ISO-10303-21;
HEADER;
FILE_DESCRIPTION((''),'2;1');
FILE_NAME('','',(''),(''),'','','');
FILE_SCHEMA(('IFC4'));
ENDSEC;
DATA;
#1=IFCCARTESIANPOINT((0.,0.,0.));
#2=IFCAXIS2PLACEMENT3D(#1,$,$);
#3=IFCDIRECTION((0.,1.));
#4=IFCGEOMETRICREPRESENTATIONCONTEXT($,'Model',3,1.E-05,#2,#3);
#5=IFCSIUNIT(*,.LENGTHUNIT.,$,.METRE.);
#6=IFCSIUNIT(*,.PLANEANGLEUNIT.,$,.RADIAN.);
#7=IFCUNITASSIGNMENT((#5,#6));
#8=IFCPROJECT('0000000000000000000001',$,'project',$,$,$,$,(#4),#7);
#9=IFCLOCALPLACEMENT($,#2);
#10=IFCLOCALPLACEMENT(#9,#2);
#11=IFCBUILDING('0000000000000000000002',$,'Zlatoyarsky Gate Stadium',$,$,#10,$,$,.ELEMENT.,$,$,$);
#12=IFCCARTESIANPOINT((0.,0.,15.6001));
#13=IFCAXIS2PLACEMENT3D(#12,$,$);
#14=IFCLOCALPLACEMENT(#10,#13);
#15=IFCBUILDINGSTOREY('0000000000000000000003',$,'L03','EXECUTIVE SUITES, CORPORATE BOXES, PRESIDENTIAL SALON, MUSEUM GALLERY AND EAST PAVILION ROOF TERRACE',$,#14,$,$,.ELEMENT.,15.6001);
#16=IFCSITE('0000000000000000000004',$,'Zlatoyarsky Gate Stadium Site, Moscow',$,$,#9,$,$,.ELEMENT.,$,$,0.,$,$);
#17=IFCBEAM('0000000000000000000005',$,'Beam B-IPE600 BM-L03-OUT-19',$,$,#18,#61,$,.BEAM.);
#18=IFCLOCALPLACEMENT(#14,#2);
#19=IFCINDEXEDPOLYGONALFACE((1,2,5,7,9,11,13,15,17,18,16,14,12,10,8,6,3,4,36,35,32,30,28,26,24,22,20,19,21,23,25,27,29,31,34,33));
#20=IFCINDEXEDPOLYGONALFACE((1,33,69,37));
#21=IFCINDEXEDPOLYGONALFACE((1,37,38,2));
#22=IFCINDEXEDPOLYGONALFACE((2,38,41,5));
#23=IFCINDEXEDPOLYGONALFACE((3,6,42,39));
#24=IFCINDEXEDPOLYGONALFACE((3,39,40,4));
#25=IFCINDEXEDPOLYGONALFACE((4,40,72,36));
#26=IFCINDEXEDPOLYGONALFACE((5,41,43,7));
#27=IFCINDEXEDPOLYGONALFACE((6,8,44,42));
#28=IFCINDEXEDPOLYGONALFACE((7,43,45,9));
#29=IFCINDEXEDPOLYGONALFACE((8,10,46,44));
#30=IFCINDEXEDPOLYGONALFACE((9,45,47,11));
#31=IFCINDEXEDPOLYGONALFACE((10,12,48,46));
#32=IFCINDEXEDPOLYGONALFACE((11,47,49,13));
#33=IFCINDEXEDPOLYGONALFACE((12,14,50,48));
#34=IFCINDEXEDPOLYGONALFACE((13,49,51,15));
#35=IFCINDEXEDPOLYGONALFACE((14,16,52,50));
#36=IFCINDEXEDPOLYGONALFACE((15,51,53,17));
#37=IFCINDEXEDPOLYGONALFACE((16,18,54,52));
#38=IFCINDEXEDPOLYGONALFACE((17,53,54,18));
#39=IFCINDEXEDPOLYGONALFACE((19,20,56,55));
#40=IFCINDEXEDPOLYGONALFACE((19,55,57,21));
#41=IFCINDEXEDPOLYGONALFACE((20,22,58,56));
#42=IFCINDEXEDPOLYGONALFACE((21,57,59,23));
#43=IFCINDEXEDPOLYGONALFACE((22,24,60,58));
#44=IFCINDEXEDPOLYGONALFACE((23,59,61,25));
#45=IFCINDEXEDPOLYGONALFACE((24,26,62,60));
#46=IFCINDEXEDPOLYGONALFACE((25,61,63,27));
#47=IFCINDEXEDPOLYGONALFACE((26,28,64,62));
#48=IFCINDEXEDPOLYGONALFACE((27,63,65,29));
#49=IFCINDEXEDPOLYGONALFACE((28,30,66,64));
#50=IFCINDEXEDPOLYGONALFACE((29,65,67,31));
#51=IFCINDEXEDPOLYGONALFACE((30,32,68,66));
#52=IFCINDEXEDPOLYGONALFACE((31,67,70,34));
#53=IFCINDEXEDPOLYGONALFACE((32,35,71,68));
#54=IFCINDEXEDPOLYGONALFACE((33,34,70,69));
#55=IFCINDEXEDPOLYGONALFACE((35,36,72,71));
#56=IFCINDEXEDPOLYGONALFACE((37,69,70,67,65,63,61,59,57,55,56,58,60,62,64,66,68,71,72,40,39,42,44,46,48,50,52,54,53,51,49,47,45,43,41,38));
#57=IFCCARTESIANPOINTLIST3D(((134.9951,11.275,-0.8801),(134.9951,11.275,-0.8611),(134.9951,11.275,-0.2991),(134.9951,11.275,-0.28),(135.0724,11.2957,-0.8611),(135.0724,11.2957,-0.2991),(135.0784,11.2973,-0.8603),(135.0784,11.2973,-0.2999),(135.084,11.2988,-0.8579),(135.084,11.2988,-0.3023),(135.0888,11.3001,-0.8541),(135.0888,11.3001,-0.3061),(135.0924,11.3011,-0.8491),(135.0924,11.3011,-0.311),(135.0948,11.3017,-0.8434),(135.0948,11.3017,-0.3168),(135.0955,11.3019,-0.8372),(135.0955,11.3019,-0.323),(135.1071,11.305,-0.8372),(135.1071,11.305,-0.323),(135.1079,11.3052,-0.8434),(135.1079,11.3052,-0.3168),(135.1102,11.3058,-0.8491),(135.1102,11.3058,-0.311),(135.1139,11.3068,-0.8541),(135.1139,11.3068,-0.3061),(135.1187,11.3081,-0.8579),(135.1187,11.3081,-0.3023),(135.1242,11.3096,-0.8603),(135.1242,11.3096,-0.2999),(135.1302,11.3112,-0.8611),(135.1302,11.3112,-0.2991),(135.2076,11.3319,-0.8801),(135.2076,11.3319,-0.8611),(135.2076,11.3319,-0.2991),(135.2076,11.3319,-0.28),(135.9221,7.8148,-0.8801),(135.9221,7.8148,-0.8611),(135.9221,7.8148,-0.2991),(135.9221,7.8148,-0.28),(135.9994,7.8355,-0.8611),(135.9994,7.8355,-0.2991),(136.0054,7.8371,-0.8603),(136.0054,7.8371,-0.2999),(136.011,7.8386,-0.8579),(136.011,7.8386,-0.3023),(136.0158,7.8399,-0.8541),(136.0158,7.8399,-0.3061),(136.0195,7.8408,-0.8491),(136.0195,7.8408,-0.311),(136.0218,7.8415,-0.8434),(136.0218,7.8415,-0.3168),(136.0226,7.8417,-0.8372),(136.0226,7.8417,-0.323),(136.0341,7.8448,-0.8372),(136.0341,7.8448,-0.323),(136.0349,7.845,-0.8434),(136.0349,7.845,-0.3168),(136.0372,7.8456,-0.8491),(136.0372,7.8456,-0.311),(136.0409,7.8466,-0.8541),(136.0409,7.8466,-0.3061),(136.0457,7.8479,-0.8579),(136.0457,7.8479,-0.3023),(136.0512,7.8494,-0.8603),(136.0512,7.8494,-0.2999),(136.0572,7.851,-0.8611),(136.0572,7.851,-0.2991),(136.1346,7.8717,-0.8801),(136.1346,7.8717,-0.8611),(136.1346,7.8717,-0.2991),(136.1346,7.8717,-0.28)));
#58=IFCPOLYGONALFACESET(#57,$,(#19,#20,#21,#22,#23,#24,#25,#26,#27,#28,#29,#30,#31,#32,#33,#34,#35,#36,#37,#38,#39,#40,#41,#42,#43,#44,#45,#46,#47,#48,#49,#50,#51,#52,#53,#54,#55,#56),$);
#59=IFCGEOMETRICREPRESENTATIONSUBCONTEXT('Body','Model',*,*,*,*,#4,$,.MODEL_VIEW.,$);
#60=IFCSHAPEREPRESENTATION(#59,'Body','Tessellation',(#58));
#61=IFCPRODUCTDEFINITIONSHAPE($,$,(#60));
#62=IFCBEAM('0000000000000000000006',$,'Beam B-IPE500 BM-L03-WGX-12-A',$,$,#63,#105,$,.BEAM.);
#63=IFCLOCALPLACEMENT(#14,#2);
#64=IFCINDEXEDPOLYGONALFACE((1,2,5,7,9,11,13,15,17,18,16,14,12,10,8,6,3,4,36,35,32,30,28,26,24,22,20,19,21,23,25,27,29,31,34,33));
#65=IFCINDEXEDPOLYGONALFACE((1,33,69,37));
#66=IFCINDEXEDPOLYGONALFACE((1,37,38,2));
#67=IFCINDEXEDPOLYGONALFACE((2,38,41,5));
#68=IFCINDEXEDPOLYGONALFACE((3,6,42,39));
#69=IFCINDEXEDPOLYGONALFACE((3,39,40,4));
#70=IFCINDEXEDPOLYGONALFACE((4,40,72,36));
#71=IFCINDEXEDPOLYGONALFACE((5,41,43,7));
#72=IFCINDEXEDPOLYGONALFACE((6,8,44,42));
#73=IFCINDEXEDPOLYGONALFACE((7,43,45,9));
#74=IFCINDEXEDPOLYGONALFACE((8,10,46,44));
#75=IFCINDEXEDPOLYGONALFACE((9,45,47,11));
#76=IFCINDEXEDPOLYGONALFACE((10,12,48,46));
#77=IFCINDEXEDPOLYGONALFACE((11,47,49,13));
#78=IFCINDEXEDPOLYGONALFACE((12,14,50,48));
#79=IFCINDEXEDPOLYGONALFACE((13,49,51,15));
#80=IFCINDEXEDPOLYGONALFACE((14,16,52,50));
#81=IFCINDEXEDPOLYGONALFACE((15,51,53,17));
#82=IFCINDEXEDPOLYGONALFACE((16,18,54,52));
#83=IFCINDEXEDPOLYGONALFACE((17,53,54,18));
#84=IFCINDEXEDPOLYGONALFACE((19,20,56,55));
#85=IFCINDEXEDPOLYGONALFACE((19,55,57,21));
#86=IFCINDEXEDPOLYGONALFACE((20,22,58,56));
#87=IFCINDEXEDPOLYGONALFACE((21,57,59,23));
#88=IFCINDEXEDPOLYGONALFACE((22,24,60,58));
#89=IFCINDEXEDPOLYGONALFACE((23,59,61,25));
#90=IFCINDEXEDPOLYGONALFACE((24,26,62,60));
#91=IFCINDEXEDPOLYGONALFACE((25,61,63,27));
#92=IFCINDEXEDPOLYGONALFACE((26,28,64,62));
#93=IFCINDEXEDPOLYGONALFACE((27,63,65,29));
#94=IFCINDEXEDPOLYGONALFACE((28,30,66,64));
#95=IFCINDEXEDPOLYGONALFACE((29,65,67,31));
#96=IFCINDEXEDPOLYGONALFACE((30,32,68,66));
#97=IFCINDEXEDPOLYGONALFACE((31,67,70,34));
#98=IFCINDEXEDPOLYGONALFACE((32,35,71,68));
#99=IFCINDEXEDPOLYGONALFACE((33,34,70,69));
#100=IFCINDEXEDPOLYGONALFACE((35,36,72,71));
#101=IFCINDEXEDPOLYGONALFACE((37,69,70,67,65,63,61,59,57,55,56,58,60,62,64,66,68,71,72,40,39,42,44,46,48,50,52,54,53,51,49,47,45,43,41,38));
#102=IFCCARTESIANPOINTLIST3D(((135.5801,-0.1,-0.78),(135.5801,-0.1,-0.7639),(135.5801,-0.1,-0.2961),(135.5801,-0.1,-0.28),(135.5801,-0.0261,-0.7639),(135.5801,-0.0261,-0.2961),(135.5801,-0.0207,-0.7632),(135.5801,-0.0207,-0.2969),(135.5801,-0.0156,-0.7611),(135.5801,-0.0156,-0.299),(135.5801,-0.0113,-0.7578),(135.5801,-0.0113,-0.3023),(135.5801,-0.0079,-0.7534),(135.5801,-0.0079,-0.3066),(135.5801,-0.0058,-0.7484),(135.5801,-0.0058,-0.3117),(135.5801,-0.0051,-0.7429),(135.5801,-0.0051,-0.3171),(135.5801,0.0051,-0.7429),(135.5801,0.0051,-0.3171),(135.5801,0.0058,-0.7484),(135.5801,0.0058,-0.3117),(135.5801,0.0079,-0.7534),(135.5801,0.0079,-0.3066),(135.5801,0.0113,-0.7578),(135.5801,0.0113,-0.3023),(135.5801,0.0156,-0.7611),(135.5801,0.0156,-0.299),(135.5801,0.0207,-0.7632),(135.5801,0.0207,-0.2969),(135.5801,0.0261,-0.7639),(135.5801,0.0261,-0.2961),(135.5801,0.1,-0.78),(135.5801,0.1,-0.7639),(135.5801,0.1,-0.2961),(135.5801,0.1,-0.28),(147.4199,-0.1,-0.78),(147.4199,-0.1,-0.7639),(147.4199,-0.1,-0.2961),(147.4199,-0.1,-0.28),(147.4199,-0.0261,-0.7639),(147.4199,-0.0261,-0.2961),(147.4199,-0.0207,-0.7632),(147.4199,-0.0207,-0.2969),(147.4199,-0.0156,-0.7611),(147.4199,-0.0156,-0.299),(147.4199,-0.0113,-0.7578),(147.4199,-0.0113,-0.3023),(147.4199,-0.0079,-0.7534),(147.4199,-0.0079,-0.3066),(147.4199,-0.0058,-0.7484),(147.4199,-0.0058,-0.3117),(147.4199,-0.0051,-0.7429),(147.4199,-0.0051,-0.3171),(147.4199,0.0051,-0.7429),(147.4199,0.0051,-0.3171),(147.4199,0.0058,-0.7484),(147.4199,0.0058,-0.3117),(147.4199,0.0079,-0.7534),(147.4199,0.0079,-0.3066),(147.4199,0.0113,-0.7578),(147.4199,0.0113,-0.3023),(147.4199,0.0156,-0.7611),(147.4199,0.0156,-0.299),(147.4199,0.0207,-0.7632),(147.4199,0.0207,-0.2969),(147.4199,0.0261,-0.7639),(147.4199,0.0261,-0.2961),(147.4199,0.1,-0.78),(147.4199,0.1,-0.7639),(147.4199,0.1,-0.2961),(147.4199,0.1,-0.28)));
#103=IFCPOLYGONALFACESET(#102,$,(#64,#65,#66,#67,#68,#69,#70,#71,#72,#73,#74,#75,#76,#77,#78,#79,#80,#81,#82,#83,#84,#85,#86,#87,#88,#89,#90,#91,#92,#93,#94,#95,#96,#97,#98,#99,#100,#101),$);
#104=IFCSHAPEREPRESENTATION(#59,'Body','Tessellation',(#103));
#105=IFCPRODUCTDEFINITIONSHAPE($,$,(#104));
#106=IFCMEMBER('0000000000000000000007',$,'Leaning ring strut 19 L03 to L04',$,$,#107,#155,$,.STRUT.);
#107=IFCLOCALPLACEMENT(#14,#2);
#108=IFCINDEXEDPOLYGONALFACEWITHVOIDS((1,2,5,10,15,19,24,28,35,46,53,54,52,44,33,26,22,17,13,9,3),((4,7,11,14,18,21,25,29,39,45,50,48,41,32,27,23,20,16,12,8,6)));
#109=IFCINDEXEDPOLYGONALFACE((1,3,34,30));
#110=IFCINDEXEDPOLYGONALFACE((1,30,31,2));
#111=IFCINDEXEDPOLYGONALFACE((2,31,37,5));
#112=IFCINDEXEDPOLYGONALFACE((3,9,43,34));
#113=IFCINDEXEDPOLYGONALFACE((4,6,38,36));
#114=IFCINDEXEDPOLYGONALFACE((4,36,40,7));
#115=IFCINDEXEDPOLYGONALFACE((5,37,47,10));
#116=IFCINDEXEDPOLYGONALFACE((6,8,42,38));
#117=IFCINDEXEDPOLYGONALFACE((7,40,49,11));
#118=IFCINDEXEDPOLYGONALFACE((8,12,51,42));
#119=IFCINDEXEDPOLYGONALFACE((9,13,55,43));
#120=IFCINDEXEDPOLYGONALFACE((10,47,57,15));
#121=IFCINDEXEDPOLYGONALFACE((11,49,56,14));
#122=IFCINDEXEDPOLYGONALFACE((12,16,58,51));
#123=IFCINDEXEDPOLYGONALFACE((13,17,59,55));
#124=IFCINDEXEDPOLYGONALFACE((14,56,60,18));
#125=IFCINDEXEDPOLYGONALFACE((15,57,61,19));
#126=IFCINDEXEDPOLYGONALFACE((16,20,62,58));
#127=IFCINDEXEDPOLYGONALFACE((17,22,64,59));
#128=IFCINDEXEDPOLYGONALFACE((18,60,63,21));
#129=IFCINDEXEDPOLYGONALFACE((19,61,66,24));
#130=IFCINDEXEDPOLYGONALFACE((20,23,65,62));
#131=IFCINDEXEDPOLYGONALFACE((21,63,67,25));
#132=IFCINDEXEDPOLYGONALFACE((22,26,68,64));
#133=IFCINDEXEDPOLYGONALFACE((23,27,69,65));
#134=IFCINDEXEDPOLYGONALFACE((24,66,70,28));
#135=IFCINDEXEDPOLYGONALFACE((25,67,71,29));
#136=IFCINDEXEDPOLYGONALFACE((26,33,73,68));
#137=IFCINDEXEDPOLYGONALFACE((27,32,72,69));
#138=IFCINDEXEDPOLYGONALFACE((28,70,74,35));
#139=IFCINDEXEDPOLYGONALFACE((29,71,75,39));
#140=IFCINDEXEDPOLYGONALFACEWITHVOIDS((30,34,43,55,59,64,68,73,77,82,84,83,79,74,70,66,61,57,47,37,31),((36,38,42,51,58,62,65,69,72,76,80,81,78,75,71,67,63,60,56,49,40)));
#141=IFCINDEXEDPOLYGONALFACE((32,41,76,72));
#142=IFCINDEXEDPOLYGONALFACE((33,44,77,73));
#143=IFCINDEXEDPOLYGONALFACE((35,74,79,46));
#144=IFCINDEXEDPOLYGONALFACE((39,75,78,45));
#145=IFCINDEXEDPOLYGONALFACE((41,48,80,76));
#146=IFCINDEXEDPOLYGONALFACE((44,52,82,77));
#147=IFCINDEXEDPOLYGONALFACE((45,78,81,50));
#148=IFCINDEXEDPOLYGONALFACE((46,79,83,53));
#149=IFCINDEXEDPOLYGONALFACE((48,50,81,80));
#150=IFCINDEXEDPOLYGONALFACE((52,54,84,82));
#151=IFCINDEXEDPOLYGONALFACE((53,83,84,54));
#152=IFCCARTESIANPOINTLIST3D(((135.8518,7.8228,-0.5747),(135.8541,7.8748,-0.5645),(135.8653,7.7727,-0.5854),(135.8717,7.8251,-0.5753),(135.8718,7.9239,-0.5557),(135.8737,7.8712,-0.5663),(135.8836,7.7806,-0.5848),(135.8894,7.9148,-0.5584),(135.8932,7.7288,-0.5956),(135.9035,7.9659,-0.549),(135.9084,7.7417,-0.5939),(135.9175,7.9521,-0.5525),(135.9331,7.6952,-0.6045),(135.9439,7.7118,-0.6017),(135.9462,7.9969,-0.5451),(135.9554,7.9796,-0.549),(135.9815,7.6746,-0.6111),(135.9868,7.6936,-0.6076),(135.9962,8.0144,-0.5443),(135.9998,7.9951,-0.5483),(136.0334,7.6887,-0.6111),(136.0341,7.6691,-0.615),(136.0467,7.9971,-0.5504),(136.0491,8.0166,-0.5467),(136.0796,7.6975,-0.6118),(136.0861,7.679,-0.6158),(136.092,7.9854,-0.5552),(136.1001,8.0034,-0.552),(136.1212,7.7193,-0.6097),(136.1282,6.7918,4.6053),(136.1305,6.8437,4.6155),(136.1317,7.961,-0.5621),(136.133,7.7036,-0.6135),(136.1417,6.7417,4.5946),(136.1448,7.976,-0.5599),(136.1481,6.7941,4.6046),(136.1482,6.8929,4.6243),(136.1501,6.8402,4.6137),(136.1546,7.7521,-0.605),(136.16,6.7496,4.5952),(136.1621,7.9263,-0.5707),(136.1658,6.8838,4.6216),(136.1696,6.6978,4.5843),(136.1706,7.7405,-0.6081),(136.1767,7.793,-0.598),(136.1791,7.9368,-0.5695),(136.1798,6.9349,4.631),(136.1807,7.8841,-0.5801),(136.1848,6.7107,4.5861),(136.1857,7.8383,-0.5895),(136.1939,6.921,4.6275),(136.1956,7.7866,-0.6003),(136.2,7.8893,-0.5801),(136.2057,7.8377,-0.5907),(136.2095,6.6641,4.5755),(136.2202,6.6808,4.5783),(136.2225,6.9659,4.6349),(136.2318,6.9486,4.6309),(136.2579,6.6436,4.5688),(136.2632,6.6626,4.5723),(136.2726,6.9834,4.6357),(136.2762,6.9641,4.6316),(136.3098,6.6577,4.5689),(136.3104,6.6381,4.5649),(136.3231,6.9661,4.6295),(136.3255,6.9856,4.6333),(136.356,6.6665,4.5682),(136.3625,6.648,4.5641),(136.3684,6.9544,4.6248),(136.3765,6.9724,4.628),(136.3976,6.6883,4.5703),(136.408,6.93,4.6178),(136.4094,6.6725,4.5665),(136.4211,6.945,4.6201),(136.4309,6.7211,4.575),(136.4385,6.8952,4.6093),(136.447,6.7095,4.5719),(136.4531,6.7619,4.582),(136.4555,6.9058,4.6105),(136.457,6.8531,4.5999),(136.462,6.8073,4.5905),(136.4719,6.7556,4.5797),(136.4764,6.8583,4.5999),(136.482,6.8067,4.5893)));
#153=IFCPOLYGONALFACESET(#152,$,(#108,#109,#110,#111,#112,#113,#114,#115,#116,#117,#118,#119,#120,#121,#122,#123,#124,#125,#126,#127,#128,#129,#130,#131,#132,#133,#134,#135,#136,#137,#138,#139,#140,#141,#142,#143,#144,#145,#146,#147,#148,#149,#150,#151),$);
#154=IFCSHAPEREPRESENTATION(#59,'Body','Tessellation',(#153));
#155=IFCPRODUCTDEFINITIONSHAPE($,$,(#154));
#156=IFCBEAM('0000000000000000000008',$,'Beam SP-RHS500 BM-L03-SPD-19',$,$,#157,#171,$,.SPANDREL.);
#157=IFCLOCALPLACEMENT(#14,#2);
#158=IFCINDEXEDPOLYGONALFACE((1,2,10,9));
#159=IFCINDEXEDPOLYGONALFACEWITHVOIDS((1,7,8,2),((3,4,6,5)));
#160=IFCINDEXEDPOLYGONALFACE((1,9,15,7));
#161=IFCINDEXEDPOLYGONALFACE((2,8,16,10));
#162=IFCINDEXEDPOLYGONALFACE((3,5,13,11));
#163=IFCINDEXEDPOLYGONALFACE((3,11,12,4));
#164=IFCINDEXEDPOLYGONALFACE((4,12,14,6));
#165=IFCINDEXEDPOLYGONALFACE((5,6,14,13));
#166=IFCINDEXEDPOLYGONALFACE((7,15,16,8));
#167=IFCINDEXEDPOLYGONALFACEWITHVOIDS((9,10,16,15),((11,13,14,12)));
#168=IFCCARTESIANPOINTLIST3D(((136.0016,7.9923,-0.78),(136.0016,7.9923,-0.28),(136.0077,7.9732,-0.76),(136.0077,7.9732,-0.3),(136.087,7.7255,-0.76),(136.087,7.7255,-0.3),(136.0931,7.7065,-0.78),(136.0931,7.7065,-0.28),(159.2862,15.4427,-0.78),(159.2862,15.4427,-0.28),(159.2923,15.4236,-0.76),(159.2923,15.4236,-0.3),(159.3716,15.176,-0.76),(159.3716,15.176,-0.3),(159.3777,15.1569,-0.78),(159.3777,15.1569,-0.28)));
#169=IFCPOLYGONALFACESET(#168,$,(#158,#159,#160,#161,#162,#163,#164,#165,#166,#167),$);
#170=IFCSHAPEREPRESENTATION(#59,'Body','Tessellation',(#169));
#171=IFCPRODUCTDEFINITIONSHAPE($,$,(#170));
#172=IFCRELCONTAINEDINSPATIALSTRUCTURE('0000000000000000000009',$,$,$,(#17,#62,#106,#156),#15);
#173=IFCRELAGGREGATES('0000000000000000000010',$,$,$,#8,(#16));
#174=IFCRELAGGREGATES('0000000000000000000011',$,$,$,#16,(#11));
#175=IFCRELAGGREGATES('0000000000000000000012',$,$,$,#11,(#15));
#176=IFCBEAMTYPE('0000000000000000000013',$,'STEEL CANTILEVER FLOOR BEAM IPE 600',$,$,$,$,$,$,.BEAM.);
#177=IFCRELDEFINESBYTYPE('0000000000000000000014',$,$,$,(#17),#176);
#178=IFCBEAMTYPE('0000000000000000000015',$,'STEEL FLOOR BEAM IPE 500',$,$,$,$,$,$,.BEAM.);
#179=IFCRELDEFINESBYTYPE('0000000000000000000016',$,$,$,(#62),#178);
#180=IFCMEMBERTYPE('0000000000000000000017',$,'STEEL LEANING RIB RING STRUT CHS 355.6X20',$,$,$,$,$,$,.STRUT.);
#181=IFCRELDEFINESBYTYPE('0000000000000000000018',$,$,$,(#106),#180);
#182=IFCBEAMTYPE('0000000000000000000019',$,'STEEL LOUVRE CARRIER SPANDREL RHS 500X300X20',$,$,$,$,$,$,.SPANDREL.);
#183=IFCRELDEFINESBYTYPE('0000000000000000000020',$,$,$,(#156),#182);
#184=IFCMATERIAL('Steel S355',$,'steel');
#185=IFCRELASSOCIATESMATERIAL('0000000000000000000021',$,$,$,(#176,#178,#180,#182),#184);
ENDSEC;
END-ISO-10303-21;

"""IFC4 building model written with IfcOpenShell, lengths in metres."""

from ifc_helpers import new_model, si_unit, direction, frame, origin, origin_2d, place, context, subcontext, project, spatial, hollow_rectangle, hollow_circle, i_section, extrude, material, material_profile, profile_set, type_object, element, save


model = new_model("IFC4")

# Units and contexts
model_context = context("Model", 3, precision=1e-05, world=origin(), true_north=direction((0.0, 1.0)))
body_context = subcontext(model_context, "Body", "Model", "MODEL_VIEW")
ifc_project = project(units=[si_unit("LENGTHUNIT", "METRE"), si_unit("PLANEANGLEUNIT", "RADIAN")], contexts=[model_context])

# Site, building, storey
site_placement = place(None, origin())
site = spatial("IfcSite", under=ifc_project, at=site_placement, Name="Zlatoyarsky Gate Stadium Site, Moscow", CompositionType="ELEMENT", RefElevation=0.0)
building_placement = place(site_placement, origin())
building = spatial("IfcBuilding", under=site, at=building_placement, Name="Zlatoyarsky Gate Stadium", CompositionType="ELEMENT")
storey_placement = place(building_placement, frame((0.0, 0.0, 15.6001)))
storey = spatial("IfcBuildingStorey", under=building, at=storey_placement, Name="L03", Description="EXECUTIVE SUITES, CORPORATE BOXES, PRESIDENTIAL SALON, MUSEUM GALLERY AND EAST PAVILION ROOF TERRACE", CompositionType="ELEMENT", Elevation=15.6001)

# Shared definitions
ifc_material_1 = material(Name="Steel S355", Category="steel")

# Beams
ifc_material_profile_1 = material_profile(ifc_material_1, i_section(OverallWidth=0.22, OverallDepth=0.6001, WebThickness=0.012, FlangeThickness=0.019, FilletRadius=0.0239, at=origin_2d()), Name="IPE 600")
ifc_profile_set_1 = profile_set([ifc_material_profile_1], Name="Steel S355")
beam_type_1 = type_object("IfcBeamType", Name="STEEL CANTILEVER FLOOR BEAM IPE 600", PredefinedType="BEAM", material=ifc_profile_set_1)
beam_1_placement = place(storey_placement, frame((135.1013, 11.3035, -0.5801), z_axis=(0.258778, -0.965937, 0.0), x_axis=(0.965937, 0.258778, 0.0)))
element("IfcBeam", 1, at=beam_1_placement, inside=storey, type_object=beam_type_1, Name="Beam B-IPE600 BM-L03-OUT-19", PredefinedType="BEAM", context=body_context, shape_type="SweptSolid", body=[
    extrude(i_section(OverallWidth=0.22, OverallDepth=0.6001, WebThickness=0.012, FlangeThickness=0.019, FilletRadius=0.0239, at=origin_2d()), origin(), (0.0, 0.0, 1.0), 3.5823),
])
ifc_material_profile_2 = material_profile(ifc_material_1, i_section(OverallWidth=0.2, OverallDepth=0.5, WebThickness=0.0103, FlangeThickness=0.0161, FilletRadius=0.021, at=origin_2d()), Name="IPE 500")
ifc_profile_set_2 = profile_set([ifc_material_profile_2], Name="Steel S355")
beam_type_2 = type_object("IfcBeamType", Name="STEEL FLOOR BEAM IPE 500", PredefinedType="BEAM", material=ifc_profile_set_2)
beam_2_placement = place(storey_placement, frame((135.5801, 0.0, -0.53), z_axis=(1.0, 0.0, 0.0), x_axis=(0.0, 1.0, 0.0)))
element("IfcBeam", 2, at=beam_2_placement, inside=storey, type_object=beam_type_2, Name="Beam B-IPE500 BM-L03-WGX-12-A", PredefinedType="BEAM", context=body_context, shape_type="SweptSolid", body=[
    extrude(i_section(OverallWidth=0.2, OverallDepth=0.5, WebThickness=0.0103, FlangeThickness=0.0161, FilletRadius=0.021, at=origin_2d()), origin(), (0.0, 0.0, 1.0), 11.8398),
])

# Member
ifc_material_profile_3 = material_profile(ifc_material_1, hollow_circle(Radius=0.1777, WallThickness=0.02, at=origin_2d()), Name="CHS 355.6X20")
ifc_profile_set_3 = profile_set([ifc_material_profile_3], Name="Steel S355")
member_type_1 = type_object("IfcMemberType", Name="STEEL LEANING RIB RING STRUT CHS 355.6X20", PredefinedType="STRUT", material=ifc_profile_set_3)
member_1_placement = place(storey_placement, frame((136.0283, 7.8433, -0.5801), z_axis=(0.052256, -0.194943, 0.979422), x_axis=(0.9659, 0.258915, 0.0)))
element("IfcMember", 3, at=member_1_placement, inside=storey, type_object=member_type_1, Name="Leaning ring strut 19 L03 to L04", PredefinedType="STRUT", context=body_context, shape_type="SweptSolid", body=[
    extrude(hollow_circle(Radius=0.1777, WallThickness=0.02, at=origin_2d()), origin(), (0.0, 0.0, 1.0), 5.2888),
])

# Beam
ifc_material_profile_4 = material_profile(ifc_material_1, hollow_rectangle(XDim=0.3, YDim=0.5, WallThickness=0.02, at=origin_2d()), Name="RHS 500X300X20")
ifc_profile_set_4 = profile_set([ifc_material_profile_4], Name="Steel S355")
beam_type_3 = type_object("IfcBeamType", Name="STEEL LOUVRE CARRIER SPANDREL RHS 500X300X20", PredefinedType="SPANDREL", material=ifc_profile_set_4)
beam_3_placement = place(storey_placement, frame((136.0474, 7.8494, -0.53), z_axis=(0.952432, 0.304751, 0.0), x_axis=(-0.304751, 0.952432, 0.0)))
element("IfcBeam", 4, at=beam_3_placement, inside=storey, type_object=beam_type_3, Name="Beam SP-RHS500 BM-L03-SPD-19", PredefinedType="SPANDREL", context=body_context, shape_type="SweptSolid", body=[
    extrude(hollow_rectangle(XDim=0.3, YDim=0.5, WallThickness=0.02, at=origin_2d()), origin(), (0.0, 0.0, 1.0), 24.4475),
])

save(model, "model.ifc")
